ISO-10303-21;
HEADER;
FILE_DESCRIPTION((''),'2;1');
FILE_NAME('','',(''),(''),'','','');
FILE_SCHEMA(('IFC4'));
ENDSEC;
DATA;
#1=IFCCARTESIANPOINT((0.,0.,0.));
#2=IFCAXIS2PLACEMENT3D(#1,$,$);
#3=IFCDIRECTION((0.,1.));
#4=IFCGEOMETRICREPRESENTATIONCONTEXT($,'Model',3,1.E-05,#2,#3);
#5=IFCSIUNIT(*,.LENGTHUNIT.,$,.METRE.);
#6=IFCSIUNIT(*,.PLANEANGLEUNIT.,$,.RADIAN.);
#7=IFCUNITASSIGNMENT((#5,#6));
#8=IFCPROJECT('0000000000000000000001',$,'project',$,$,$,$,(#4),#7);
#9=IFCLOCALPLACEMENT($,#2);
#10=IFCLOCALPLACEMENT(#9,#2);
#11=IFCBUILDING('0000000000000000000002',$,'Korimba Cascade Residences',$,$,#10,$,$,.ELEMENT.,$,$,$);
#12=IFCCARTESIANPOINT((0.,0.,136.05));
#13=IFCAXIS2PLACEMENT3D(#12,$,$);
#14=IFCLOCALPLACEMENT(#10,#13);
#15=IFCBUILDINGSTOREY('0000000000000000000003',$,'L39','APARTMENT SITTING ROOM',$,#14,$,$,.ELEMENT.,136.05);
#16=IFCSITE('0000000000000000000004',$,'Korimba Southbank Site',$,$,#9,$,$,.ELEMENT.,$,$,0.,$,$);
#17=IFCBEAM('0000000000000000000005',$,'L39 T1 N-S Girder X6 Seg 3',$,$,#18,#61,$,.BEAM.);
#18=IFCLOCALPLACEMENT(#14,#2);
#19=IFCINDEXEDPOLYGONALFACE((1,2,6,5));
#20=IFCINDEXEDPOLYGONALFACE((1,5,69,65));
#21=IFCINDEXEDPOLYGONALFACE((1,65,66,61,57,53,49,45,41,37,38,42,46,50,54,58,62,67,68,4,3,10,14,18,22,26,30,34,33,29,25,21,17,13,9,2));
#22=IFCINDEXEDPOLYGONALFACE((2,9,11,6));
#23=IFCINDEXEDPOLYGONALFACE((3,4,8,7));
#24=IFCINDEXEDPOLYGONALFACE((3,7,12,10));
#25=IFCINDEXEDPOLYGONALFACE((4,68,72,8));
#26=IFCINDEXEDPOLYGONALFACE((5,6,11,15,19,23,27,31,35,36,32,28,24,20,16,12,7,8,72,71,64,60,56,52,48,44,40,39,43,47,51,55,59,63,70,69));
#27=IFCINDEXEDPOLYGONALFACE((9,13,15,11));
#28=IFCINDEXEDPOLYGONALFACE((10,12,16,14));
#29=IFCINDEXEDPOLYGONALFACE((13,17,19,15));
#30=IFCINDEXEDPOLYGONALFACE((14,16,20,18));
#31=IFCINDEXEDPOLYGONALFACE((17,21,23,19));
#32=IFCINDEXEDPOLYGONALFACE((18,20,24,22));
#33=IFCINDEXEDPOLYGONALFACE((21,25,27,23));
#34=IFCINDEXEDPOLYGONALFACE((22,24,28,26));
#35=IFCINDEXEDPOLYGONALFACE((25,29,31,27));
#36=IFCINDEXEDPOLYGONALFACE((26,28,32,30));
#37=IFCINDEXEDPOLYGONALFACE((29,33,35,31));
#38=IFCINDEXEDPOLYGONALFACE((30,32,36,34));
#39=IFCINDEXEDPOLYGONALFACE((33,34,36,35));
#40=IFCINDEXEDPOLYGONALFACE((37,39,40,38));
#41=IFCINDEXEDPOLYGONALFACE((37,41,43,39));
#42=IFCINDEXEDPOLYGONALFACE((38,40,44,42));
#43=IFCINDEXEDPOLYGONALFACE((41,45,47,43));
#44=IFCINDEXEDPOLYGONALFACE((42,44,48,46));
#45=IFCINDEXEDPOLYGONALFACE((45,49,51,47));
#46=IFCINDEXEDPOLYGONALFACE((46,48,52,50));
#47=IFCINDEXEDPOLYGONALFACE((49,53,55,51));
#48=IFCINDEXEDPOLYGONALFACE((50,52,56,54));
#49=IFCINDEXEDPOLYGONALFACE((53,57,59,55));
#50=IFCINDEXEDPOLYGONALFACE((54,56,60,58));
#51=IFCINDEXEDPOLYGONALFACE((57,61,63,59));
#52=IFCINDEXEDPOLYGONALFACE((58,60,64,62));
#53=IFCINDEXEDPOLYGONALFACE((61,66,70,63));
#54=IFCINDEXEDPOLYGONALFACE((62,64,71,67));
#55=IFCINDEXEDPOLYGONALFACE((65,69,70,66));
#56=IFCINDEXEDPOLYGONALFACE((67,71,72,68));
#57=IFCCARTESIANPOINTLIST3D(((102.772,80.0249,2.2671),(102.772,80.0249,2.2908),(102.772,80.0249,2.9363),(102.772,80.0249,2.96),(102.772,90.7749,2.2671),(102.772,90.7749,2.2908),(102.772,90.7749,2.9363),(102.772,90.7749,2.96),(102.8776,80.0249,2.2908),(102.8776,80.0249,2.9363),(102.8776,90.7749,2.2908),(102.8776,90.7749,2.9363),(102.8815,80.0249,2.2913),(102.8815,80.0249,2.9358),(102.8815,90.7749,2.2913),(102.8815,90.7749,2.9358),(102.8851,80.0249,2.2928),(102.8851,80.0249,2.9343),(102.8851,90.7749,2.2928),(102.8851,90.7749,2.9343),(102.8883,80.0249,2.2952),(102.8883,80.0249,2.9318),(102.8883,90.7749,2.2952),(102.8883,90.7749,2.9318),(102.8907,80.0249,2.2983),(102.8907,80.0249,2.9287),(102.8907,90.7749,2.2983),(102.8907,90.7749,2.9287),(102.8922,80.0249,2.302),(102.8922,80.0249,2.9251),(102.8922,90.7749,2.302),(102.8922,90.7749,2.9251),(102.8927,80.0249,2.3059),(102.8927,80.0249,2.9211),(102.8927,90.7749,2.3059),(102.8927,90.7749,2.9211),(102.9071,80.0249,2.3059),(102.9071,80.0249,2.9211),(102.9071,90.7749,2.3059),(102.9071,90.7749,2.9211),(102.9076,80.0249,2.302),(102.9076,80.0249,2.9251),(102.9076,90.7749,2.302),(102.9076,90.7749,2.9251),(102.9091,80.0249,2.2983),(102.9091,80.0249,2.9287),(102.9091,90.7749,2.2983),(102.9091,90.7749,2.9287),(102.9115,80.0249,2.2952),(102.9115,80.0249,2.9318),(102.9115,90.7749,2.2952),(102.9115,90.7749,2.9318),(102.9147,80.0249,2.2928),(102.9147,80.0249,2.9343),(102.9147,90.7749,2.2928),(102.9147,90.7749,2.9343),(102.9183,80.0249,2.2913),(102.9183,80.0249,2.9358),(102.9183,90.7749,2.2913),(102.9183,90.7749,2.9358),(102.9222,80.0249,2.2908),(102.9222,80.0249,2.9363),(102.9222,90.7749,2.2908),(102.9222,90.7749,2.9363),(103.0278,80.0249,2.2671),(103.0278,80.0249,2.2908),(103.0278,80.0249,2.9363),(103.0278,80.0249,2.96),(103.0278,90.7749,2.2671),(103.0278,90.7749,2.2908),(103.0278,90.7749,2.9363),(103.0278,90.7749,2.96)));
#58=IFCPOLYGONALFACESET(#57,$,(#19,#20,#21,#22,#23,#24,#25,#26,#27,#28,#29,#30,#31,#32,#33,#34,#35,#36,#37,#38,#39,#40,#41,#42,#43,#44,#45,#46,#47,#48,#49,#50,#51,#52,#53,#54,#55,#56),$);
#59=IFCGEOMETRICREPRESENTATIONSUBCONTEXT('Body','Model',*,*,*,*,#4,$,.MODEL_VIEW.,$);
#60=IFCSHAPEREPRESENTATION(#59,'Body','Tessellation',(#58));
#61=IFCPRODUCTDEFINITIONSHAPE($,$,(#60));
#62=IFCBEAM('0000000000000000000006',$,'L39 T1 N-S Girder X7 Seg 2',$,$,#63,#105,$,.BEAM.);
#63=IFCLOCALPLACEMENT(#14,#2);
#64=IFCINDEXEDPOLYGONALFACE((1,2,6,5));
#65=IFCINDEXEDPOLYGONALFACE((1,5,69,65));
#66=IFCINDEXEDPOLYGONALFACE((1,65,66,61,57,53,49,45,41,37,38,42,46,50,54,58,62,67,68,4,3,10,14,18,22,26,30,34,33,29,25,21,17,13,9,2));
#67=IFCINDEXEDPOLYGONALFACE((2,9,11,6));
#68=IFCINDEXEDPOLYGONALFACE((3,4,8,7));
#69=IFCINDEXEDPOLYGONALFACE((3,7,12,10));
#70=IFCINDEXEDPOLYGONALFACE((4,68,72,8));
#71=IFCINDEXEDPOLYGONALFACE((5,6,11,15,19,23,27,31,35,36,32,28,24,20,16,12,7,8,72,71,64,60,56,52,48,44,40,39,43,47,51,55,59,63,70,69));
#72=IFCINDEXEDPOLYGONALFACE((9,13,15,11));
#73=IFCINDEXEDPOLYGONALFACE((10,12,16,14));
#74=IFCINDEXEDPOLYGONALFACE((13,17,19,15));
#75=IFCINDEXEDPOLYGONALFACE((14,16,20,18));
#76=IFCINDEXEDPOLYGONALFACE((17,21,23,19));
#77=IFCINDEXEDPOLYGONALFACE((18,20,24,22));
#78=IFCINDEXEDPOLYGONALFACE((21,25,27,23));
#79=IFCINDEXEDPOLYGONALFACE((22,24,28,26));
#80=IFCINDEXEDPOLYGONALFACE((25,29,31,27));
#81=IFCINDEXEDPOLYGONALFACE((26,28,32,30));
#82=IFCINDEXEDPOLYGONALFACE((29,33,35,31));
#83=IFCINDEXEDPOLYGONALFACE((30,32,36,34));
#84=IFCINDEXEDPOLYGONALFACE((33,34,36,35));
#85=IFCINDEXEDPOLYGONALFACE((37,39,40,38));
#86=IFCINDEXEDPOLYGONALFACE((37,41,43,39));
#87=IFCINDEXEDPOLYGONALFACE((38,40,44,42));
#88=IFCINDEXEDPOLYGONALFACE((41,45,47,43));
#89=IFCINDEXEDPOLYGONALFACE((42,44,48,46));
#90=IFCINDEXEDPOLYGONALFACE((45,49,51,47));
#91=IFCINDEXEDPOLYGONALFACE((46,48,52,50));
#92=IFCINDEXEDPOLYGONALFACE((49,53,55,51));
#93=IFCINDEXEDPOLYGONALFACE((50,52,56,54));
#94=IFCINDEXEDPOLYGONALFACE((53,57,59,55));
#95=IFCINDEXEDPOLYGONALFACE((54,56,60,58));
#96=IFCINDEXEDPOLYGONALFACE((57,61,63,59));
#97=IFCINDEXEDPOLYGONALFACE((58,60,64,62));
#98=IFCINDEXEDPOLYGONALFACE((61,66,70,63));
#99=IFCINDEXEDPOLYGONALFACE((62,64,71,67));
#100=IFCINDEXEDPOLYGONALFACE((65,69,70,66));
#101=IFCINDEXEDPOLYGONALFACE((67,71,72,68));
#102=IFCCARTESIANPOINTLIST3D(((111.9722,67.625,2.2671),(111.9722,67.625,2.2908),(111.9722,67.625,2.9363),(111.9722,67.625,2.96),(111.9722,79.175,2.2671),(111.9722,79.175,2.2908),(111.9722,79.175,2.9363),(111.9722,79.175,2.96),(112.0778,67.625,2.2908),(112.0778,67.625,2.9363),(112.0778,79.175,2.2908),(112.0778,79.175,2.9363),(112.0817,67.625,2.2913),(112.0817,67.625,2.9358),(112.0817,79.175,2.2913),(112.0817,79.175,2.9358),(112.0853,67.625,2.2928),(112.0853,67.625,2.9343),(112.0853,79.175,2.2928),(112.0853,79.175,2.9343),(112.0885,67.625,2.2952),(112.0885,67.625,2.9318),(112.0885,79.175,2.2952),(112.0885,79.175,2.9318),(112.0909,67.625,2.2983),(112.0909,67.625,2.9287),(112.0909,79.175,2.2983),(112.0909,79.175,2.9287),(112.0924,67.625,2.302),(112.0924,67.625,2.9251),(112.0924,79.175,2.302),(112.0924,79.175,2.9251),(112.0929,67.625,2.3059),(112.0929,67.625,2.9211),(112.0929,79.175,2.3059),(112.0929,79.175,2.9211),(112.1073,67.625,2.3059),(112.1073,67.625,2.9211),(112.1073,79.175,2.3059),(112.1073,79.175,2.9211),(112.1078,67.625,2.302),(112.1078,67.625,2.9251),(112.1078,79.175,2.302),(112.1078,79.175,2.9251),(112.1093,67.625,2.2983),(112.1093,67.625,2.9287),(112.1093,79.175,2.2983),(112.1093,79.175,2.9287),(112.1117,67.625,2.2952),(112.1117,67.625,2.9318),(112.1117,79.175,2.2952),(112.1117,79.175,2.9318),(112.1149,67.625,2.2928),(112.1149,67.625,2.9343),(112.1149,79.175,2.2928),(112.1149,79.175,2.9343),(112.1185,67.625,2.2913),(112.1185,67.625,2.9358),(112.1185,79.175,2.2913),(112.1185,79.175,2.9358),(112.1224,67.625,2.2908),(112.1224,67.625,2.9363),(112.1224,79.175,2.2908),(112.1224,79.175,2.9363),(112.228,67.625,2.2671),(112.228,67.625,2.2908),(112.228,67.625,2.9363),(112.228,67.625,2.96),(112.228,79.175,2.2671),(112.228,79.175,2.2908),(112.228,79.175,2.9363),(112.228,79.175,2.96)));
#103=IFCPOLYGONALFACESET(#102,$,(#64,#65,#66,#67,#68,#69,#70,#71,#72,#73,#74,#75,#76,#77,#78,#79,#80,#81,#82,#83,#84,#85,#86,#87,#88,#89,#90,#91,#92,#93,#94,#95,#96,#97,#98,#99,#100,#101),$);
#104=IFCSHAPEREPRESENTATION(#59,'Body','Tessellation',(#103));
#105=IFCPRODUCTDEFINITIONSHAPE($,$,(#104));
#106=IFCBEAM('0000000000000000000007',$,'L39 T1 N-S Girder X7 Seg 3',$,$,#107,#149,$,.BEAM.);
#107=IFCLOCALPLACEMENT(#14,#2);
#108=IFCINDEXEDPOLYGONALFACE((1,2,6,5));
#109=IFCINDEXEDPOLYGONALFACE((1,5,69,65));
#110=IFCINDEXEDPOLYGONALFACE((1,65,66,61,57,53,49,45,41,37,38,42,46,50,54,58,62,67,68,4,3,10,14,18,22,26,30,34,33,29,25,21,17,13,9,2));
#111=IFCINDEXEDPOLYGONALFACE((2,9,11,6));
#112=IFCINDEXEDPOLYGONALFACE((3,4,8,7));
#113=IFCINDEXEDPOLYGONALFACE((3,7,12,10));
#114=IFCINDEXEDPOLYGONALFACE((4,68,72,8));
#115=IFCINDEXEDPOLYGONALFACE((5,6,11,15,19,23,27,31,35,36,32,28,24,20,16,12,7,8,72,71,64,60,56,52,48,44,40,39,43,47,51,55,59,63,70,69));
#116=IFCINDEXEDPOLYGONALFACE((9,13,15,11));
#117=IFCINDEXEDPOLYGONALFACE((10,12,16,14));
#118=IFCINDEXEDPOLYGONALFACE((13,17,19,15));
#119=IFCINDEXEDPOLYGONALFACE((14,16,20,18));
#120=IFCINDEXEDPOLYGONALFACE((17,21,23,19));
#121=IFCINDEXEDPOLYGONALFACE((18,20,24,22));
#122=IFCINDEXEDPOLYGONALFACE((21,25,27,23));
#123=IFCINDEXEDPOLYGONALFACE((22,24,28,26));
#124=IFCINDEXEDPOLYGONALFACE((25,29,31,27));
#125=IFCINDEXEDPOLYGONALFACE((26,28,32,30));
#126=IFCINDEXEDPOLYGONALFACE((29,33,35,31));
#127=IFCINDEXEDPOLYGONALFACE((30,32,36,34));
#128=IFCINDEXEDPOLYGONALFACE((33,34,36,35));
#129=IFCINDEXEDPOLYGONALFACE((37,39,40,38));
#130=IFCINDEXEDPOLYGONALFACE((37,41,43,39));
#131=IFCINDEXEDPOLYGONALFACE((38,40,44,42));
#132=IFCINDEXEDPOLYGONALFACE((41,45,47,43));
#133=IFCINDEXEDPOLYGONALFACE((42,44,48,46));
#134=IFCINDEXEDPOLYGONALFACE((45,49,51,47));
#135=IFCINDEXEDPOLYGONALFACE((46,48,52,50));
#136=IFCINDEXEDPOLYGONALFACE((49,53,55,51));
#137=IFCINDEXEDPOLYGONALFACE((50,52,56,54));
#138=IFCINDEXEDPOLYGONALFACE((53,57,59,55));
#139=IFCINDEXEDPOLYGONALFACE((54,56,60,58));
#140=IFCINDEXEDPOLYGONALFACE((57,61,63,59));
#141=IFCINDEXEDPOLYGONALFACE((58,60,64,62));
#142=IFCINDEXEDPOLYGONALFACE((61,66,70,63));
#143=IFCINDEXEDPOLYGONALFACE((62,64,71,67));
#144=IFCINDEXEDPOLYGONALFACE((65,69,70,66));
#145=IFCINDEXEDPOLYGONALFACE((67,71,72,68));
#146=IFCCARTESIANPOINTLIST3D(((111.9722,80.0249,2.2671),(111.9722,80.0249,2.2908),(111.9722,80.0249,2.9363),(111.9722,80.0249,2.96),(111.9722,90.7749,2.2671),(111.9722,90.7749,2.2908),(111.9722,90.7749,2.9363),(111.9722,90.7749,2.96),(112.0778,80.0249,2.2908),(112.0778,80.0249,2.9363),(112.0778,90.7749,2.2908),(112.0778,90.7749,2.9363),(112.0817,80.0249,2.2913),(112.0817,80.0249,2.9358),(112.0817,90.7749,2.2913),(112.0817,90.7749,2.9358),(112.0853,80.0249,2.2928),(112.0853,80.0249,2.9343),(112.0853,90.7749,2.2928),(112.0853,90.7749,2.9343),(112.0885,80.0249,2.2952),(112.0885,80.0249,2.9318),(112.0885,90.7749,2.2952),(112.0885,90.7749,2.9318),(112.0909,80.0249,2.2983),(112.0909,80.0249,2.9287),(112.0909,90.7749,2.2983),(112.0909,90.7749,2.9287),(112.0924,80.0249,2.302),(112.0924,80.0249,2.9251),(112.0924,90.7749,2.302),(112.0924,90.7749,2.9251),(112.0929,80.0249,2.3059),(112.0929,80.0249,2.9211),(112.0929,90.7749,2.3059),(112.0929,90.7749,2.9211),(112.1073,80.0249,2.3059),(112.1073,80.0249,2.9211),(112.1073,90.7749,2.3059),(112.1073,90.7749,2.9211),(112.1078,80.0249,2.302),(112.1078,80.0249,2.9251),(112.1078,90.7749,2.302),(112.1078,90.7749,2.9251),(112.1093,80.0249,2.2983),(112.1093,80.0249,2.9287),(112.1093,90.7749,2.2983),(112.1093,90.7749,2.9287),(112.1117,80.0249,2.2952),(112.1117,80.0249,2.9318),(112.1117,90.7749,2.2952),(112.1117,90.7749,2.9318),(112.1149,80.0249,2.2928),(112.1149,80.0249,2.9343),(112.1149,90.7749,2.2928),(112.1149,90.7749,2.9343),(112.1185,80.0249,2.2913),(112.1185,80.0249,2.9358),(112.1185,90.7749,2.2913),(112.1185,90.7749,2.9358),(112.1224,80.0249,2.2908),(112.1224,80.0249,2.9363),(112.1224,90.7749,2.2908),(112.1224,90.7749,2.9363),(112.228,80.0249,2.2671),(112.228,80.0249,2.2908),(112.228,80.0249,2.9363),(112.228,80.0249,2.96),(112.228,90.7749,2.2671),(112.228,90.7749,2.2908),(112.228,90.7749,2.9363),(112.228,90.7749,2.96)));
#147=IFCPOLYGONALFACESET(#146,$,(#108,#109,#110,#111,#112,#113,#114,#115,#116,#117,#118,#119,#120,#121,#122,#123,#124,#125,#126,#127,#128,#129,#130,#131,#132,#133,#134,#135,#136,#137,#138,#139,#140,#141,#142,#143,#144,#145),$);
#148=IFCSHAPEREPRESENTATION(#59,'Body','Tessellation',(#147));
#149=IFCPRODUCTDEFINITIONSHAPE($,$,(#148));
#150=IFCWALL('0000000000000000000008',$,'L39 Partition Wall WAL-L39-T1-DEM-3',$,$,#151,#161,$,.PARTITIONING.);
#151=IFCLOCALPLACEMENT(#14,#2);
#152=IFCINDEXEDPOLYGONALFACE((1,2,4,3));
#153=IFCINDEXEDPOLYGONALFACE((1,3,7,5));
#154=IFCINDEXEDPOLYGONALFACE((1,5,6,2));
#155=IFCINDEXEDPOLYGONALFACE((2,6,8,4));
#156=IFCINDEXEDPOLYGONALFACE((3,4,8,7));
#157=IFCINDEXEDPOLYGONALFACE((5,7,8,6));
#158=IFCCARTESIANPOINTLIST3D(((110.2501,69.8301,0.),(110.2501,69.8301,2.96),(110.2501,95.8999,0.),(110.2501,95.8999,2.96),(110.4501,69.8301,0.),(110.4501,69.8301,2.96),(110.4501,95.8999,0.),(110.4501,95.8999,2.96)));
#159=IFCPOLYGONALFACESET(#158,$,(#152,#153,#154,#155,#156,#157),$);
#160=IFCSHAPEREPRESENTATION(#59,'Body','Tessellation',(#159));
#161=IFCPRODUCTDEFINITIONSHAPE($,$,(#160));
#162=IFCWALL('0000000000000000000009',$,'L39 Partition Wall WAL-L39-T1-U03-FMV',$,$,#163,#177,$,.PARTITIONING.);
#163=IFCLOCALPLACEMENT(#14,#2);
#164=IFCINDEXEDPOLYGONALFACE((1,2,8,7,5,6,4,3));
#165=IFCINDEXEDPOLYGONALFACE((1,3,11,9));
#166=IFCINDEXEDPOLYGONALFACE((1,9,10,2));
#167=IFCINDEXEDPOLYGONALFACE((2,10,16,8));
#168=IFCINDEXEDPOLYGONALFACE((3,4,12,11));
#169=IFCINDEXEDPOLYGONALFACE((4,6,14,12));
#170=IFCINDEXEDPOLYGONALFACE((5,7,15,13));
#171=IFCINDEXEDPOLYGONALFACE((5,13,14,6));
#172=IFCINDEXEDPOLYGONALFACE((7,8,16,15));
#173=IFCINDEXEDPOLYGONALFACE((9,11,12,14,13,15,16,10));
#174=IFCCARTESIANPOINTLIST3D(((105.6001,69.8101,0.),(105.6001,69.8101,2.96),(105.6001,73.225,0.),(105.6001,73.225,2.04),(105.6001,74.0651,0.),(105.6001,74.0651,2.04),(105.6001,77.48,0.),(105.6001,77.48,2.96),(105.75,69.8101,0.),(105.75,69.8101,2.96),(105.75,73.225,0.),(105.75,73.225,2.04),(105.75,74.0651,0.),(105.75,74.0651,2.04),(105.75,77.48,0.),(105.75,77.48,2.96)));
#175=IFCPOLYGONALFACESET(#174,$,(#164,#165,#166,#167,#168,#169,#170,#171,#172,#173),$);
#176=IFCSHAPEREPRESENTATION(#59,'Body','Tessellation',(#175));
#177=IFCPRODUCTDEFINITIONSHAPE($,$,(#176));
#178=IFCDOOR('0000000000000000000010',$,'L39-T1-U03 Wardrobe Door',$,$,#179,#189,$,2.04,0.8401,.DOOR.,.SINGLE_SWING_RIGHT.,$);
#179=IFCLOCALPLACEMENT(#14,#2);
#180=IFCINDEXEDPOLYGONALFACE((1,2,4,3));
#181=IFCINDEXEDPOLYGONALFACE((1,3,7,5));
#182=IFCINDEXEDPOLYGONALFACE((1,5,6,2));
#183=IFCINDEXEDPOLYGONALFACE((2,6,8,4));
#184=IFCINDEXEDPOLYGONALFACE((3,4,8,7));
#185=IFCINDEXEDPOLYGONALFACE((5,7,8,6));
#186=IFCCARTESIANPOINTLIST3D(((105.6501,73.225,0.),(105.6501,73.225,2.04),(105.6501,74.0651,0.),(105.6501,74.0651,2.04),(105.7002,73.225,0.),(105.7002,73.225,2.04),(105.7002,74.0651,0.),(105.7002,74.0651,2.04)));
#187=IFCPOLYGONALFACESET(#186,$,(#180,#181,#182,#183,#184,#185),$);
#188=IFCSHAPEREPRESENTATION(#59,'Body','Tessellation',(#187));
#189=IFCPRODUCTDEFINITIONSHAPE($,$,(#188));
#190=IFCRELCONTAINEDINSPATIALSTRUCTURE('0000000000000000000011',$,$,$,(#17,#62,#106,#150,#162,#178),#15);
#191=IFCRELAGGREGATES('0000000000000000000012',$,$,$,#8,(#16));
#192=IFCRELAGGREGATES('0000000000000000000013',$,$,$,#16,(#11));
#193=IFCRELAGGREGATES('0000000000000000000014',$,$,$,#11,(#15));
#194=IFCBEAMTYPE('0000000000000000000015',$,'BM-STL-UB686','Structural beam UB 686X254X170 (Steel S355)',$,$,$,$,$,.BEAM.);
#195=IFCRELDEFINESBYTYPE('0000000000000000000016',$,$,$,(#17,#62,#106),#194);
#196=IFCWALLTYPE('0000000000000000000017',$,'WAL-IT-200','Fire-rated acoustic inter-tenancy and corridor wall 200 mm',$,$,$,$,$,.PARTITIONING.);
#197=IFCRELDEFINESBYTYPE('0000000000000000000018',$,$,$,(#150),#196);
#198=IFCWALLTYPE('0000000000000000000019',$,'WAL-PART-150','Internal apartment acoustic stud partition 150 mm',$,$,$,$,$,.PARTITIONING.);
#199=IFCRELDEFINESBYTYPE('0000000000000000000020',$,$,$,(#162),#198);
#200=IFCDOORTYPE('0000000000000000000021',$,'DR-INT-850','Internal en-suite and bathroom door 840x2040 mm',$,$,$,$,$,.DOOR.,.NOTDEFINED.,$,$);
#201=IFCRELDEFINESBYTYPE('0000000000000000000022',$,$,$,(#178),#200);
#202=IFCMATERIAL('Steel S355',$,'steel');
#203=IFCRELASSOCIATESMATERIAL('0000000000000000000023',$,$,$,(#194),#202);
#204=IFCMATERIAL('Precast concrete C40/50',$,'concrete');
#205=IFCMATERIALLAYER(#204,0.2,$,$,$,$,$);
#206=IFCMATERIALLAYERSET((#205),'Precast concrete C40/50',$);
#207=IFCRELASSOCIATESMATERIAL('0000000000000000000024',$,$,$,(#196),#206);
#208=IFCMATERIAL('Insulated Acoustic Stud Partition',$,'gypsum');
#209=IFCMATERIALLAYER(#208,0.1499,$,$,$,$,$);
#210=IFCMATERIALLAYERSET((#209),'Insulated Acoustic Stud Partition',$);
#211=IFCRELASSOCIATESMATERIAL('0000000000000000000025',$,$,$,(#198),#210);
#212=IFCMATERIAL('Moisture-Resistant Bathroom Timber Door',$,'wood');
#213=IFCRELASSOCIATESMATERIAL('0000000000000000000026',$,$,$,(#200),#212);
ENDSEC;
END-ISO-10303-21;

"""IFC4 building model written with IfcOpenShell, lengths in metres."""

from ifc_helpers import new_model, si_unit, direction, frame, frame_2d, origin, origin_2d, place, context, subcontext, project, spatial, rectangle, i_section, extrude, material, layer, layer_set, material_profile, profile_set, type_object, element, fill, save


model = new_model("IFC4")

# Units and contexts
model_context = context("Model", 3, precision=1e-05, world=origin(), true_north=direction((0.0, 1.0)))
body_context = subcontext(model_context, "Body", "Model", "MODEL_VIEW")
ifc_project = project(units=[si_unit("LENGTHUNIT", "METRE"), si_unit("PLANEANGLEUNIT", "RADIAN")], contexts=[model_context])

# Site, building, storey
site_placement = place(None, origin())
site = spatial("IfcSite", under=ifc_project, at=site_placement, Name="Korimba Southbank Site", CompositionType="ELEMENT", RefElevation=0.0)
building_placement = place(site_placement, origin())
building = spatial("IfcBuilding", under=site, at=building_placement, Name="Korimba Cascade Residences", CompositionType="ELEMENT")
storey_placement = place(building_placement, frame((0.0, 0.0, 136.05)))
storey = spatial("IfcBuildingStorey", under=building, at=storey_placement, Name="L39", Description="APARTMENT SITTING ROOM", CompositionType="ELEMENT", Elevation=136.05)

# Beams
ifc_material_1 = material(Name="Steel S355", Category="steel")
ifc_material_profile_1 = material_profile(ifc_material_1, i_section(OverallWidth=0.2559, OverallDepth=0.6929, WebThickness=0.0144, FlangeThickness=0.0237, FilletRadius=0.0151, at=origin_2d()), Name="Steel S355")
ifc_profile_set_1 = profile_set([ifc_material_profile_1], Name="Steel S355")
beam_type_1 = type_object("IfcBeamType", Name="BM-STL-UB686", Description="Structural beam UB 686X254X170 (Steel S355)", PredefinedType="BEAM", material=ifc_profile_set_1)
beam_1_placement = place(storey_placement, frame((102.8999, 80.0249, 2.6135), z_axis=(0.0, 1.0, 0.0), x_axis=(-1.0, 0.0, 0.0)))
element("IfcBeam", 1, at=beam_1_placement, inside=storey, type_object=beam_type_1, Name="L39 T1 N-S Girder X6 Seg 3", PredefinedType="BEAM", context=body_context, shape_type="SweptSolid", body=[
    extrude(i_section(OverallWidth=0.2559, OverallDepth=0.6929, WebThickness=0.0144, FlangeThickness=0.0237, FilletRadius=0.0151, at=origin_2d()), origin(), (0.0, 0.0, 1.0), 10.75),
])
beam_2_placement = place(storey_placement, frame((112.1001, 67.625, 2.6135), z_axis=(0.0, 1.0, 0.0), x_axis=(-1.0, 0.0, 0.0)))
element("IfcBeam", 2, at=beam_2_placement, inside=storey, type_object=beam_type_1, Name="L39 T1 N-S Girder X7 Seg 2", PredefinedType="BEAM", context=body_context, shape_type="SweptSolid", body=[
    extrude(i_section(OverallWidth=0.2559, OverallDepth=0.6929, WebThickness=0.0144, FlangeThickness=0.0237, FilletRadius=0.0151, at=origin_2d()), origin(), (0.0, 0.0, 1.0), 11.55),
])
beam_3_placement = place(storey_placement, frame((112.1001, 80.0249, 2.6135), z_axis=(0.0, 1.0, 0.0), x_axis=(-1.0, 0.0, 0.0)))
element("IfcBeam", 3, at=beam_3_placement, inside=storey, type_object=beam_type_1, Name="L39 T1 N-S Girder X7 Seg 3", PredefinedType="BEAM", context=body_context, shape_type="SweptSolid", body=[
    extrude(i_section(OverallWidth=0.2559, OverallDepth=0.6929, WebThickness=0.0144, FlangeThickness=0.0237, FilletRadius=0.0151, at=origin_2d()), origin(), (0.0, 0.0, 1.0), 10.75),
])

# Wall
ifc_material_2 = material(Name="Precast concrete C40/50", Category="concrete")
ifc_layer_1 = layer(ifc_material_2, 0.2)
ifc_layer_set_1 = layer_set([ifc_layer_1], Name="Precast concrete C40/50")
wall_type_1 = type_object("IfcWallType", Name="WAL-IT-200", Description="Fire-rated acoustic inter-tenancy and corridor wall 200 mm", PredefinedType="PARTITIONING", material=ifc_layer_set_1)
wall_1_placement = place(storey_placement, frame((110.3501, 69.8301, 0.0), z_axis=(0.0, 0.0, 1.0), x_axis=(0.0, 1.0, 0.0)))
element("IfcWall", 4, at=wall_1_placement, inside=storey, type_object=wall_type_1, Name="L39 Partition Wall WAL-L39-T1-DEM-3", PredefinedType="PARTITIONING", context=body_context, shape_type="SweptSolid", body=[
    extrude(rectangle(XDim=26.0698, YDim=0.2, at=frame_2d((13.0349, 0.0))), origin(), (0.0, 0.0, 1.0), 2.96),
])

# Wall, opening, door
ifc_material_3 = material(Name="Insulated Acoustic Stud Partition", Category="gypsum")
ifc_layer_2 = layer(ifc_material_3, 0.1499)
ifc_layer_set_2 = layer_set([ifc_layer_2], Name="Insulated Acoustic Stud Partition")
wall_type_2 = type_object("IfcWallType", Name="WAL-PART-150", Description="Internal apartment acoustic stud partition 150 mm", PredefinedType="PARTITIONING", material=ifc_layer_set_2)
wall_2_placement = place(storey_placement, frame((105.675, 69.8101, 0.0), z_axis=(0.0, 0.0, 1.0), x_axis=(0.0, 1.0, 0.0)))
wall_2 = element("IfcWall", 5, at=wall_2_placement, inside=storey, type_object=wall_type_2, Name="L39 Partition Wall WAL-L39-T1-U03-FMV", PredefinedType="PARTITIONING", context=body_context, shape_type="SweptSolid", body=[
    extrude(rectangle(XDim=7.6699, YDim=0.1499, at=frame_2d((3.835, 0.0))), origin(), (0.0, 0.0, 1.0), 2.96),
])
opening_1_placement = place(wall_2_placement, frame((3.415, 0.0, 0.0)))
opening_1 = element("IfcOpeningElement", 6, at=opening_1_placement, cuts=wall_2, PredefinedType="OPENING", context=body_context, shape_type="SweptSolid", body=[
    extrude(rectangle(XDim=0.8401, YDim=2.04, at=frame_2d((0.4199, 1.02))), frame((0.0, 0.085, 0.0), z_axis=(0.0, -1.0, 0.0), x_axis=(1.0, 0.0, 0.0)), (0.0, 0.0, 1.0), 0.1699),
])
ifc_material_4 = material(Name="Moisture-Resistant Bathroom Timber Door", Category="wood")
door_type_1 = type_object("IfcDoorType", Name="DR-INT-850", Description="Internal en-suite and bathroom door 840x2040 mm", OperationType="NOTDEFINED", PredefinedType="DOOR", material=ifc_material_4)
door_1_placement = place(opening_1_placement, origin())
door_1 = element("IfcDoor", 7, at=door_1_placement, inside=storey, type_object=door_type_1, Name="L39-T1-U03 Wardrobe Door", OperationType="SINGLE_SWING_RIGHT", OverallHeight=2.04, OverallWidth=0.8401, PredefinedType="DOOR", context=body_context, shape_type="SweptSolid", body=[
    extrude(rectangle(XDim=0.8401, YDim=2.04, at=frame_2d((0.4199, 1.02))), frame((0.0, 0.0249, 0.0), z_axis=(0.0, -1.0, 0.0), x_axis=(1.0, 0.0, 0.0)), (0.0, 0.0, 1.0), 0.05),
])
fill(opening_1, door_1)

save(model, "model.ifc")
